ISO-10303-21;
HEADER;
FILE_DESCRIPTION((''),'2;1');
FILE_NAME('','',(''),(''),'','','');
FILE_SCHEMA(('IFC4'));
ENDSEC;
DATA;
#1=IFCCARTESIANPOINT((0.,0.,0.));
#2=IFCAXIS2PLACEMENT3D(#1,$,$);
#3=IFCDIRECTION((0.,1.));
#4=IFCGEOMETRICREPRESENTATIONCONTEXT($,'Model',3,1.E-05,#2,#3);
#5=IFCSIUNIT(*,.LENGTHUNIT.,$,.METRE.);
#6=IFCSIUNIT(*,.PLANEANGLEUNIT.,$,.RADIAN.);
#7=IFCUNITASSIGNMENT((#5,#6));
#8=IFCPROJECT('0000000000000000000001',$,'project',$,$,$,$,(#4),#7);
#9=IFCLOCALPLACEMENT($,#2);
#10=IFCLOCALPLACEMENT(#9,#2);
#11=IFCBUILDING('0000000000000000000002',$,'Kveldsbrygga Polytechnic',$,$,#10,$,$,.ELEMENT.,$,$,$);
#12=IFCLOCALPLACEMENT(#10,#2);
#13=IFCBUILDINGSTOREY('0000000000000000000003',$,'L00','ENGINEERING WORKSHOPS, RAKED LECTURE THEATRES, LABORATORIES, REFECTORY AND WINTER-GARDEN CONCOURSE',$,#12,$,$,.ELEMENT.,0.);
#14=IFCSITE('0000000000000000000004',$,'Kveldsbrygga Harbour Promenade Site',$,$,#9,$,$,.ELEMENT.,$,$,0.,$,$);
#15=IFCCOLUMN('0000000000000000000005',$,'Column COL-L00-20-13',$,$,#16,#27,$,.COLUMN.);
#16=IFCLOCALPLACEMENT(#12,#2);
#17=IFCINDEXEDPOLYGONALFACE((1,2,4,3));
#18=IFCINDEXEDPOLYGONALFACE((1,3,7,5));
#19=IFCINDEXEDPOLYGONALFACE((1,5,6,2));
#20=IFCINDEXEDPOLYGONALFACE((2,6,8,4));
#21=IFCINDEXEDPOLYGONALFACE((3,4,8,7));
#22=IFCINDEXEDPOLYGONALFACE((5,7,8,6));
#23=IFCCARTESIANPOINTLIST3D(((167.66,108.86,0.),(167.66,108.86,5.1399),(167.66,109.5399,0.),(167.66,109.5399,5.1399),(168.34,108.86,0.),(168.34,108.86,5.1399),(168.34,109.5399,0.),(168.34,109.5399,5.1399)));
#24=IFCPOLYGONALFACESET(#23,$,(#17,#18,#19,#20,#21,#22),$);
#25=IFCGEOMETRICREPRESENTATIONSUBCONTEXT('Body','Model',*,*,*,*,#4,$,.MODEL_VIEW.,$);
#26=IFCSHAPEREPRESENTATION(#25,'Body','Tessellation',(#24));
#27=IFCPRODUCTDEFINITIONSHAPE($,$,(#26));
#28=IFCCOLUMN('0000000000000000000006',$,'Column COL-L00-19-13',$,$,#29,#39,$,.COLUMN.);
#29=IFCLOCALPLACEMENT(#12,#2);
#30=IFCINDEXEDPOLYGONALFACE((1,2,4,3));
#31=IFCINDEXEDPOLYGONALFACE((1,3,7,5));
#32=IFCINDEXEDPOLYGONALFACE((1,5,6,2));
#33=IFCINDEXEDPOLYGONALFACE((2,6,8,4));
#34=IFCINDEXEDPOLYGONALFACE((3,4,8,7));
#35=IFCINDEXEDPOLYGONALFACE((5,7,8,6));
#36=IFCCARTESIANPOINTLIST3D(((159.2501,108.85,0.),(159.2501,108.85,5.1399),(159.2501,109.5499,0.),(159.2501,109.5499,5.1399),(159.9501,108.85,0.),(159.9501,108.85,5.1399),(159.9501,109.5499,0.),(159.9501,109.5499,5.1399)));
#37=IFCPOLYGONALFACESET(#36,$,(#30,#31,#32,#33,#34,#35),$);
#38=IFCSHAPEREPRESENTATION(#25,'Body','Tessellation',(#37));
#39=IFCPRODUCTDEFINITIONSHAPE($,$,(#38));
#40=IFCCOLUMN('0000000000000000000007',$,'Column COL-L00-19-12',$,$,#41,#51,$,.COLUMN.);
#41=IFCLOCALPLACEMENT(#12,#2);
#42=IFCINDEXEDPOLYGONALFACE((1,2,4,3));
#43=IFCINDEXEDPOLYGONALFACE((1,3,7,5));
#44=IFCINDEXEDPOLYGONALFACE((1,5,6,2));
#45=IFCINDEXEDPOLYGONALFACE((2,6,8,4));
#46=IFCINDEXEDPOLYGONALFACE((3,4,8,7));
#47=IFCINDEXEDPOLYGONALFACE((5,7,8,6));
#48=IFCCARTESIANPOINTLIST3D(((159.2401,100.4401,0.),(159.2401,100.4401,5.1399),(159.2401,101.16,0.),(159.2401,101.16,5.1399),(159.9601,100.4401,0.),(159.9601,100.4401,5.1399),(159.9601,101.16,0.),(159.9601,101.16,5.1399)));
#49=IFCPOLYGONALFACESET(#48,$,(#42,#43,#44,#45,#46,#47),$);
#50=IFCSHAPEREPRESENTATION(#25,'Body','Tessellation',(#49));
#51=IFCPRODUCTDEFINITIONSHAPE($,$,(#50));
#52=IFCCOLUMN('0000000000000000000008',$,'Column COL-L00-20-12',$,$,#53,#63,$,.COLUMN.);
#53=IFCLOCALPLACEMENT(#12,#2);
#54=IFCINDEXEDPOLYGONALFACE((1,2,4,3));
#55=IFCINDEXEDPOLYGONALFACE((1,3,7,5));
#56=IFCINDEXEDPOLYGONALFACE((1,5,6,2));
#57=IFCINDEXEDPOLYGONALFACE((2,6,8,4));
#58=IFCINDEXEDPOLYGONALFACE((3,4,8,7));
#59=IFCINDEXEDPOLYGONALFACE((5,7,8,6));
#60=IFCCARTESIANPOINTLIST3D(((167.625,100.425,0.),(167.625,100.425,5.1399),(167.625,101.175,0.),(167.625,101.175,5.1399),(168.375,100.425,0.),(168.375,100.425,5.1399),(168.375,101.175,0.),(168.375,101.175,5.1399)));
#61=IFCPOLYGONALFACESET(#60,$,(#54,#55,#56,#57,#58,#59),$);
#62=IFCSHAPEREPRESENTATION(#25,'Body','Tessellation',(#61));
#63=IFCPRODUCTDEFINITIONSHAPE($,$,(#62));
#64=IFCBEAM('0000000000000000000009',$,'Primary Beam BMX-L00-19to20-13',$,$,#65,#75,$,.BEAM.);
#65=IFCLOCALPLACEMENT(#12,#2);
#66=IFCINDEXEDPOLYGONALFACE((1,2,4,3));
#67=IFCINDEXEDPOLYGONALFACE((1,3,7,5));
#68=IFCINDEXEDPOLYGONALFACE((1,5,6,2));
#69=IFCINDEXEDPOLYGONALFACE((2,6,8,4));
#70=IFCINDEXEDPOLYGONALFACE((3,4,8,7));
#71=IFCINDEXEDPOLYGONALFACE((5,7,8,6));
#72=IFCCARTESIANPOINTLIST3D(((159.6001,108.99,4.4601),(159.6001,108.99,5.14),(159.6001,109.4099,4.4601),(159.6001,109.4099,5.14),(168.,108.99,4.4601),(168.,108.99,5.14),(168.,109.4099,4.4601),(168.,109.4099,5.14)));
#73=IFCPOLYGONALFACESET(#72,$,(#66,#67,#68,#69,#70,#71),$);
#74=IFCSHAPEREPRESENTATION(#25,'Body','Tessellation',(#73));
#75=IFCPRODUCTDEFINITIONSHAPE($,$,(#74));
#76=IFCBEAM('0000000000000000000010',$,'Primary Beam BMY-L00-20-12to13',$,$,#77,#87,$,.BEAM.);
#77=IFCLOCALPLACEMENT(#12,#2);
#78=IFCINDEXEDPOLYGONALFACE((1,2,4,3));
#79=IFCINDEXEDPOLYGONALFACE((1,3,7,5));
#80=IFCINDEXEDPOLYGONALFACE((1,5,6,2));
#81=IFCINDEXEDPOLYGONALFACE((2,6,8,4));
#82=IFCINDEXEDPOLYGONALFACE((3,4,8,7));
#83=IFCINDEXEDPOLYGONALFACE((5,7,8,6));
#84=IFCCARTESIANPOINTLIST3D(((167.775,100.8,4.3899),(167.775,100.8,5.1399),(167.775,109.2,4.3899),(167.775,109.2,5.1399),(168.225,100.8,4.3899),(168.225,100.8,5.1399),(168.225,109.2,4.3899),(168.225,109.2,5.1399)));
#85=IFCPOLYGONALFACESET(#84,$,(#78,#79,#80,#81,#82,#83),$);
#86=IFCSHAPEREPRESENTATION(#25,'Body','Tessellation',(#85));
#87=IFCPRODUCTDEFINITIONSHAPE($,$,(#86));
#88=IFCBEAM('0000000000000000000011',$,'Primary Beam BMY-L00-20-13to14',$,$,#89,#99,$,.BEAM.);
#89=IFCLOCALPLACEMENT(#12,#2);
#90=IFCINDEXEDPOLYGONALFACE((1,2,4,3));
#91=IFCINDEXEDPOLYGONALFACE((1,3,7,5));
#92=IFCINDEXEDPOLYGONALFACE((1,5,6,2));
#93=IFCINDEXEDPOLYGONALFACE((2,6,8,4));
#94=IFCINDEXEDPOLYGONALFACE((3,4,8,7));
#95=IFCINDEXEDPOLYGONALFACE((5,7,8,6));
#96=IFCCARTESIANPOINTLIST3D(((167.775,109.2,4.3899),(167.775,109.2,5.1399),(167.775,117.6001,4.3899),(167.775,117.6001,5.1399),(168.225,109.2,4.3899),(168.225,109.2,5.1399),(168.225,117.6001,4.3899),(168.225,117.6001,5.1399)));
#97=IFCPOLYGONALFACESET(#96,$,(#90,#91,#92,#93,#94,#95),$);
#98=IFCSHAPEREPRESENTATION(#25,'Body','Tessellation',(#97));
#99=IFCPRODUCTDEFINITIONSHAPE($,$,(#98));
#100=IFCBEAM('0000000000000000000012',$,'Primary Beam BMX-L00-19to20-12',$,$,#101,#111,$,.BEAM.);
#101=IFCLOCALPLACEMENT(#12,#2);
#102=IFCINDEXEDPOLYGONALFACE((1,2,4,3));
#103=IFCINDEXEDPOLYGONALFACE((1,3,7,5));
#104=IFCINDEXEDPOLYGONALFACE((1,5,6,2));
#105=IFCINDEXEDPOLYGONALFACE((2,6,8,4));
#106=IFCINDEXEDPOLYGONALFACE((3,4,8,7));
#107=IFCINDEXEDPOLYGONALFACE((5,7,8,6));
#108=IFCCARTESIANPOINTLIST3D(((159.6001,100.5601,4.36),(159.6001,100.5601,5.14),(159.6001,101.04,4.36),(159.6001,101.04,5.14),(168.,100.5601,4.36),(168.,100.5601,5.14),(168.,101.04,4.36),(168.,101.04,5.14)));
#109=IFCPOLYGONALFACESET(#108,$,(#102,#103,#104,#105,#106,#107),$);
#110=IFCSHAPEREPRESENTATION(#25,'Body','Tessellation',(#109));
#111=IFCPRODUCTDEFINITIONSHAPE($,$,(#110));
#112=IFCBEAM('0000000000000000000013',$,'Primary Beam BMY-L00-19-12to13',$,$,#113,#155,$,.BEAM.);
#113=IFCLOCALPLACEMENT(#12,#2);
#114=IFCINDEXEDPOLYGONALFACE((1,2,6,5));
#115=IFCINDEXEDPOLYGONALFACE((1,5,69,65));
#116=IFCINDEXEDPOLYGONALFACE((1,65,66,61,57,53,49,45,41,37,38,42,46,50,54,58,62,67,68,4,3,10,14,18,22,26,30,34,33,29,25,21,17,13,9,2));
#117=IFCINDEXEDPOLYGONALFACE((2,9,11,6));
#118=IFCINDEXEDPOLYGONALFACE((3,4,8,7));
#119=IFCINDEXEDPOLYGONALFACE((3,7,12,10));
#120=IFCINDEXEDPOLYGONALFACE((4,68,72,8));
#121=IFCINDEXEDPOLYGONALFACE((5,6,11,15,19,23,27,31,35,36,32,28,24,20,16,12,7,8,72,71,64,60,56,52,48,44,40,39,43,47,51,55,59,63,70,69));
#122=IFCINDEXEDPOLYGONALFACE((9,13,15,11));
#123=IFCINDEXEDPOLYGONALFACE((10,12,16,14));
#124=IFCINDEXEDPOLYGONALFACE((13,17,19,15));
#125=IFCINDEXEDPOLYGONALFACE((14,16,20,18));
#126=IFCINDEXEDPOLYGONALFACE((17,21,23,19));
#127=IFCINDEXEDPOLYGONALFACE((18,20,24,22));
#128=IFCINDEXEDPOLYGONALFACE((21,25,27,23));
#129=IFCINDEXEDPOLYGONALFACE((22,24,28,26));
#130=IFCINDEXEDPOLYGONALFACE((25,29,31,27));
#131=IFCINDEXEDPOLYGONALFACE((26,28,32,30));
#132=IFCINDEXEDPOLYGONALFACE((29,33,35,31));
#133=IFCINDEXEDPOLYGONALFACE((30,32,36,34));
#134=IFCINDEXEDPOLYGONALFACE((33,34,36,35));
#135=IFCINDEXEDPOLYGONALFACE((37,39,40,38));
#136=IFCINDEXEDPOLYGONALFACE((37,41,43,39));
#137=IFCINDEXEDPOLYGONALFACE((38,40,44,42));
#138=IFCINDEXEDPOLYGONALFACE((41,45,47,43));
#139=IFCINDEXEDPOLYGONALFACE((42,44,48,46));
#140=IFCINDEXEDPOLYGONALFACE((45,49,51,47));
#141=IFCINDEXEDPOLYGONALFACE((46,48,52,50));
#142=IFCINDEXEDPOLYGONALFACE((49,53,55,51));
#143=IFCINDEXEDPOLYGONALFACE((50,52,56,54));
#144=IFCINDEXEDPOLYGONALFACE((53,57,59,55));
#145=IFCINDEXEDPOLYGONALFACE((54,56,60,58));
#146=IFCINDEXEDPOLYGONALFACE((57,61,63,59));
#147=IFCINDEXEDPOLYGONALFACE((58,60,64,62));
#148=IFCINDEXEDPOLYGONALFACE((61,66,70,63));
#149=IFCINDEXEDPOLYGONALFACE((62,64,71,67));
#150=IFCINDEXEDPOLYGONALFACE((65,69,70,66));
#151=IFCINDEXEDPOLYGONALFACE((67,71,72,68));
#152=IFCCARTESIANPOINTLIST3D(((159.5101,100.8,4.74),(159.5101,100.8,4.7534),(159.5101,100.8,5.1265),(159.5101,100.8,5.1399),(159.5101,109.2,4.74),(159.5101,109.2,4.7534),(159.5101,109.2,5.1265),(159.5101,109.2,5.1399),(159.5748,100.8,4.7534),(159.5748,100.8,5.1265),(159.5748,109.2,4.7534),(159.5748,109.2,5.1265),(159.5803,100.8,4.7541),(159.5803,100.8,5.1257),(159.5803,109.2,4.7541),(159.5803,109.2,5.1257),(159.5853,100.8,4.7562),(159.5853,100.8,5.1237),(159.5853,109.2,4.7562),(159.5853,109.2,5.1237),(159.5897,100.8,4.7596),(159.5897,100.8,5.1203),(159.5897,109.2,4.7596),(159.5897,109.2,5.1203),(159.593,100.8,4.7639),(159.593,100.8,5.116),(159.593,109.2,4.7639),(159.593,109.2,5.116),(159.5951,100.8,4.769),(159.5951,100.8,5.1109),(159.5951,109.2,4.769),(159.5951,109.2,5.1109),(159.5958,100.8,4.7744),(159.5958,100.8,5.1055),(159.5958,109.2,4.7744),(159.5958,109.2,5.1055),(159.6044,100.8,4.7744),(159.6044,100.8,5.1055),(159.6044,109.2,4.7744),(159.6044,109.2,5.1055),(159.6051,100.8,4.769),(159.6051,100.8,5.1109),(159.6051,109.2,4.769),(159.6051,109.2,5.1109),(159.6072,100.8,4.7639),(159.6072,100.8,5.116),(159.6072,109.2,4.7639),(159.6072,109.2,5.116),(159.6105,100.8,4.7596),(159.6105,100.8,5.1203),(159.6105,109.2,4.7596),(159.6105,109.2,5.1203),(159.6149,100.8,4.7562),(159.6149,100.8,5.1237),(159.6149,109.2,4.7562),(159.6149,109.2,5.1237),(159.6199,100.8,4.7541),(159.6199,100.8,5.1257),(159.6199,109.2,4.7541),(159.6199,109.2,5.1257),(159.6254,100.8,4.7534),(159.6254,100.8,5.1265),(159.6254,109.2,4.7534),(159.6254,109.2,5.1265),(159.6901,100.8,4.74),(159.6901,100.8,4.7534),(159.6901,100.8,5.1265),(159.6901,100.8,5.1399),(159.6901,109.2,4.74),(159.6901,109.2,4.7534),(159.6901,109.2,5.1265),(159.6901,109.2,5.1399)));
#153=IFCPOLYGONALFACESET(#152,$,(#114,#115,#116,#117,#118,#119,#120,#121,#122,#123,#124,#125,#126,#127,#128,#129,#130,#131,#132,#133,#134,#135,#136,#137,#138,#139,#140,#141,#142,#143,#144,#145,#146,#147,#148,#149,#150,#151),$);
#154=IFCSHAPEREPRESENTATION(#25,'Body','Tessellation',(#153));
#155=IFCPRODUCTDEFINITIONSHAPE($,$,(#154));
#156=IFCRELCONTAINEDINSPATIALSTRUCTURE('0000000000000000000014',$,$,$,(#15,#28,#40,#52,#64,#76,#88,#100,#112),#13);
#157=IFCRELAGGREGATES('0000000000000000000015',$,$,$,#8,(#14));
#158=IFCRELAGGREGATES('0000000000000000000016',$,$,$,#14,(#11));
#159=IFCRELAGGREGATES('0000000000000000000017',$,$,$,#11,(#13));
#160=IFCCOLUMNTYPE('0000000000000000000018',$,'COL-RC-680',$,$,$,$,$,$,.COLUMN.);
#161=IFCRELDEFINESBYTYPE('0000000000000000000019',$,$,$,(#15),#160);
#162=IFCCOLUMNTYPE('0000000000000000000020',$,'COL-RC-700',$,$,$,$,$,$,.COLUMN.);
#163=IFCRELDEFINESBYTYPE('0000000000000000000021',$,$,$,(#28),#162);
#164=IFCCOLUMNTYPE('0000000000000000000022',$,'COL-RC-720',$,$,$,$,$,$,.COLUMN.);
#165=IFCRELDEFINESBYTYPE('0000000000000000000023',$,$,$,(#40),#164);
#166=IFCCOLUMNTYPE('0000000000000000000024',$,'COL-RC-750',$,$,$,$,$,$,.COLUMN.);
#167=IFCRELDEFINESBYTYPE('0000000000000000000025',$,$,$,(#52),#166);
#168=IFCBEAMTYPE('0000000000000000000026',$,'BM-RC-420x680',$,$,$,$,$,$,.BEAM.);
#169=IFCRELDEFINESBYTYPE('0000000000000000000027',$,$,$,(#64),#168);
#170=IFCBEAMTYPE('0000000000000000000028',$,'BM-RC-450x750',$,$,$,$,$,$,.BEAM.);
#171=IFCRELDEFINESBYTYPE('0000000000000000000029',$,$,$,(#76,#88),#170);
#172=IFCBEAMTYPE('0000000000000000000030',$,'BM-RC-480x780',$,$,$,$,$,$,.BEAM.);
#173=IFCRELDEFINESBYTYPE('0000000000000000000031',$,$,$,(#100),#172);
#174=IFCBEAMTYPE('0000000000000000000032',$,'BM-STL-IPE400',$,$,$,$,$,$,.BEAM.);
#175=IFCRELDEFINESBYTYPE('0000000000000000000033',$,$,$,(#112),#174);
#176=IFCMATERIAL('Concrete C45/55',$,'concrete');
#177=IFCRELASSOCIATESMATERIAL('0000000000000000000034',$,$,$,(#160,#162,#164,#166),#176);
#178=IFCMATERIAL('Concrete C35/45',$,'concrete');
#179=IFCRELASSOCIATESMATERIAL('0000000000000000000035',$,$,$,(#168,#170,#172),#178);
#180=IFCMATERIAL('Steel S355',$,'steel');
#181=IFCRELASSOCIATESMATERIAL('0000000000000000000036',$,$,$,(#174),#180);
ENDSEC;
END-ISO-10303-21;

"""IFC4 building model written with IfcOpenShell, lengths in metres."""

from ifc_helpers import new_model, si_unit, direction, frame, origin, origin_2d, place, context, subcontext, project, spatial, rectangle, i_section, extrude, material, material_profile, profile_set, type_object, element, save


model = new_model("IFC4")

# Units and contexts
model_context = context("Model", 3, precision=1e-05, world=origin(), true_north=direction((0.0, 1.0)))
body_context = subcontext(model_context, "Body", "Model", "MODEL_VIEW")
ifc_project = project(units=[si_unit("LENGTHUNIT", "METRE"), si_unit("PLANEANGLEUNIT", "RADIAN")], contexts=[model_context])

# Site, building, storey
site_placement = place(None, origin())
site = spatial("IfcSite", under=ifc_project, at=site_placement, Name="Kveldsbrygga Harbour Promenade Site", CompositionType="ELEMENT", RefElevation=0.0)
building_placement = place(site_placement, origin())
building = spatial("IfcBuilding", under=site, at=building_placement, Name="Kveldsbrygga Polytechnic", CompositionType="ELEMENT")
storey_placement = place(building_placement, origin())
storey = spatial("IfcBuildingStorey", under=building, at=storey_placement, Name="L00", Description="ENGINEERING WORKSHOPS, RAKED LECTURE THEATRES, LABORATORIES, REFECTORY AND WINTER-GARDEN CONCOURSE", CompositionType="ELEMENT", Elevation=0.0)

# Columns
ifc_material_1 = material(Name="Concrete C45/55", Category="concrete")
ifc_material_profile_1 = material_profile(ifc_material_1, rectangle(XDim=0.6799, YDim=0.6799, at=origin_2d()), Name="RC 680x680")
ifc_profile_set_1 = profile_set([ifc_material_profile_1], Name="Concrete C45/55")
column_type_1 = type_object("IfcColumnType", Name="COL-RC-680", PredefinedType="COLUMN", material=ifc_profile_set_1)
column_1_placement = place(storey_placement, frame((168.0, 109.2, 0.0), z_axis=(0.0, 0.0, 1.0), x_axis=(1.0, 0.0, 0.0)))
element("IfcColumn", 1, at=column_1_placement, inside=storey, type_object=column_type_1, Name="Column COL-L00-20-13", PredefinedType="COLUMN", context=body_context, shape_type="SweptSolid", body=[
    extrude(rectangle(XDim=0.6799, YDim=0.6799, at=origin_2d()), origin(), (0.0, 0.0, 1.0), 5.1399),
])
ifc_material_profile_2 = material_profile(ifc_material_1, rectangle(XDim=0.7, YDim=0.7, at=origin_2d()), Name="RC 700x700")
ifc_profile_set_2 = profile_set([ifc_material_profile_2], Name="Concrete C45/55")
column_type_2 = type_object("IfcColumnType", Name="COL-RC-700", PredefinedType="COLUMN", material=ifc_profile_set_2)
column_2_placement = place(storey_placement, frame((159.6001, 109.2, 0.0), z_axis=(0.0, 0.0, 1.0), x_axis=(1.0, 0.0, 0.0)))
element("IfcColumn", 2, at=column_2_placement, inside=storey, type_object=column_type_2, Name="Column COL-L00-19-13", PredefinedType="COLUMN", context=body_context, shape_type="SweptSolid", body=[
    extrude(rectangle(XDim=0.7, YDim=0.7, at=origin_2d()), origin(), (0.0, 0.0, 1.0), 5.1399),
])
ifc_material_profile_3 = material_profile(ifc_material_1, rectangle(XDim=0.72, YDim=0.72, at=origin_2d()), Name="RC 720x720")
ifc_profile_set_3 = profile_set([ifc_material_profile_3], Name="Concrete C45/55")
column_type_3 = type_object("IfcColumnType", Name="COL-RC-720", PredefinedType="COLUMN", material=ifc_profile_set_3)
column_3_placement = place(storey_placement, frame((159.6001, 100.8, 0.0), z_axis=(0.0, 0.0, 1.0), x_axis=(1.0, 0.0, 0.0)))
element("IfcColumn", 3, at=column_3_placement, inside=storey, type_object=column_type_3, Name="Column COL-L00-19-12", PredefinedType="COLUMN", context=body_context, shape_type="SweptSolid", body=[
    extrude(rectangle(XDim=0.72, YDim=0.72, at=origin_2d()), origin(), (0.0, 0.0, 1.0), 5.1399),
])
ifc_material_profile_4 = material_profile(ifc_material_1, rectangle(XDim=0.75, YDim=0.75, at=origin_2d()), Name="RC 750x750")
ifc_profile_set_4 = profile_set([ifc_material_profile_4], Name="Concrete C45/55")
column_type_4 = type_object("IfcColumnType", Name="COL-RC-750", PredefinedType="COLUMN", material=ifc_profile_set_4)
column_4_placement = place(storey_placement, frame((168.0, 100.8, 0.0), z_axis=(0.0, 0.0, 1.0), x_axis=(1.0, 0.0, 0.0)))
element("IfcColumn", 4, at=column_4_placement, inside=storey, type_object=column_type_4, Name="Column COL-L00-20-12", PredefinedType="COLUMN", context=body_context, shape_type="SweptSolid", body=[
    extrude(rectangle(XDim=0.75, YDim=0.75, at=origin_2d()), origin(), (0.0, 0.0, 1.0), 5.1399),
])

# Beams
ifc_material_2 = material(Name="Concrete C35/45", Category="concrete")
ifc_material_profile_5 = material_profile(ifc_material_2, rectangle(XDim=0.4199, YDim=0.6799, at=origin_2d()), Name="RC 420x680")
ifc_profile_set_5 = profile_set([ifc_material_profile_5], Name="Concrete C35/45")
beam_type_1 = type_object("IfcBeamType", Name="BM-RC-420x680", PredefinedType="BEAM", material=ifc_profile_set_5)
beam_1_placement = place(storey_placement, frame((159.6001, 109.2, 4.8), z_axis=(1.0, 0.0, 0.0), x_axis=(0.0, 1.0, 0.0)))
element("IfcBeam", 5, at=beam_1_placement, inside=storey, type_object=beam_type_1, Name="Primary Beam BMX-L00-19to20-13", PredefinedType="BEAM", context=body_context, shape_type="SweptSolid", body=[
    extrude(rectangle(XDim=0.4199, YDim=0.6799, at=origin_2d()), origin(), (0.0, 0.0, 1.0), 8.3999),
])
ifc_material_profile_6 = material_profile(ifc_material_2, rectangle(XDim=0.45, YDim=0.75, at=origin_2d()), Name="RC 450x750")
ifc_profile_set_6 = profile_set([ifc_material_profile_6], Name="Concrete C35/45")
beam_type_2 = type_object("IfcBeamType", Name="BM-RC-450x750", PredefinedType="BEAM", material=ifc_profile_set_6)
beam_2_placement = place(storey_placement, frame((168.0, 100.8, 4.7649), z_axis=(0.0, 1.0, 0.0), x_axis=(-1.0, 0.0, 0.0)))
element("IfcBeam", 6, at=beam_2_placement, inside=storey, type_object=beam_type_2, Name="Primary Beam BMY-L00-20-12to13", PredefinedType="BEAM", context=body_context, shape_type="SweptSolid", body=[
    extrude(rectangle(XDim=0.45, YDim=0.75, at=origin_2d()), origin(), (0.0, 0.0, 1.0), 8.3999),
])
beam_3_placement = place(storey_placement, frame((168.0, 109.2, 4.7649), z_axis=(0.0, 1.0, 0.0), x_axis=(-1.0, 0.0, 0.0)))
element("IfcBeam", 7, at=beam_3_placement, inside=storey, type_object=beam_type_2, Name="Primary Beam BMY-L00-20-13to14", PredefinedType="BEAM", context=body_context, shape_type="SweptSolid", body=[
    extrude(rectangle(XDim=0.45, YDim=0.75, at=origin_2d()), origin(), (0.0, 0.0, 1.0), 8.4001),
])
ifc_material_profile_7 = material_profile(ifc_material_2, rectangle(XDim=0.48, YDim=0.78, at=origin_2d()), Name="RC 480x780")
ifc_profile_set_7 = profile_set([ifc_material_profile_7], Name="Concrete C35/45")
beam_type_3 = type_object("IfcBeamType", Name="BM-RC-480x780", PredefinedType="BEAM", material=ifc_profile_set_7)
beam_4_placement = place(storey_placement, frame((159.6001, 100.8, 4.75), z_axis=(1.0, 0.0, 0.0), x_axis=(0.0, 1.0, 0.0)))
element("IfcBeam", 8, at=beam_4_placement, inside=storey, type_object=beam_type_3, Name="Primary Beam BMX-L00-19to20-12", PredefinedType="BEAM", context=body_context, shape_type="SweptSolid", body=[
    extrude(rectangle(XDim=0.48, YDim=0.78, at=origin_2d()), origin(), (0.0, 0.0, 1.0), 8.3999),
])
ifc_material_3 = material(Name="Steel S355", Category="steel")
ifc_material_profile_8 = material_profile(ifc_material_3, i_section(OverallWidth=0.1799, OverallDepth=0.3999, WebThickness=0.0085, FlangeThickness=0.0134, FilletRadius=0.021, at=origin_2d()), Name="IPE 400")
ifc_profile_set_8 = profile_set([ifc_material_profile_8], Name="Steel S355")
beam_type_4 = type_object("IfcBeamType", Name="BM-STL-IPE400", PredefinedType="BEAM", material=ifc_profile_set_8)
beam_5_placement = place(storey_placement, frame((159.6001, 100.8, 4.9399), z_axis=(0.0, 1.0, 0.0), x_axis=(-1.0, 0.0, 0.0)))
element("IfcBeam", 9, at=beam_5_placement, inside=storey, type_object=beam_type_4, Name="Primary Beam BMY-L00-19-12to13", PredefinedType="BEAM", context=body_context, shape_type="SweptSolid", body=[
    extrude(i_section(OverallWidth=0.1799, OverallDepth=0.3999, WebThickness=0.0085, FlangeThickness=0.0134, FilletRadius=0.021, at=origin_2d()), origin(), (0.0, 0.0, 1.0), 8.3999),
])

save(model, "model.ifc")
